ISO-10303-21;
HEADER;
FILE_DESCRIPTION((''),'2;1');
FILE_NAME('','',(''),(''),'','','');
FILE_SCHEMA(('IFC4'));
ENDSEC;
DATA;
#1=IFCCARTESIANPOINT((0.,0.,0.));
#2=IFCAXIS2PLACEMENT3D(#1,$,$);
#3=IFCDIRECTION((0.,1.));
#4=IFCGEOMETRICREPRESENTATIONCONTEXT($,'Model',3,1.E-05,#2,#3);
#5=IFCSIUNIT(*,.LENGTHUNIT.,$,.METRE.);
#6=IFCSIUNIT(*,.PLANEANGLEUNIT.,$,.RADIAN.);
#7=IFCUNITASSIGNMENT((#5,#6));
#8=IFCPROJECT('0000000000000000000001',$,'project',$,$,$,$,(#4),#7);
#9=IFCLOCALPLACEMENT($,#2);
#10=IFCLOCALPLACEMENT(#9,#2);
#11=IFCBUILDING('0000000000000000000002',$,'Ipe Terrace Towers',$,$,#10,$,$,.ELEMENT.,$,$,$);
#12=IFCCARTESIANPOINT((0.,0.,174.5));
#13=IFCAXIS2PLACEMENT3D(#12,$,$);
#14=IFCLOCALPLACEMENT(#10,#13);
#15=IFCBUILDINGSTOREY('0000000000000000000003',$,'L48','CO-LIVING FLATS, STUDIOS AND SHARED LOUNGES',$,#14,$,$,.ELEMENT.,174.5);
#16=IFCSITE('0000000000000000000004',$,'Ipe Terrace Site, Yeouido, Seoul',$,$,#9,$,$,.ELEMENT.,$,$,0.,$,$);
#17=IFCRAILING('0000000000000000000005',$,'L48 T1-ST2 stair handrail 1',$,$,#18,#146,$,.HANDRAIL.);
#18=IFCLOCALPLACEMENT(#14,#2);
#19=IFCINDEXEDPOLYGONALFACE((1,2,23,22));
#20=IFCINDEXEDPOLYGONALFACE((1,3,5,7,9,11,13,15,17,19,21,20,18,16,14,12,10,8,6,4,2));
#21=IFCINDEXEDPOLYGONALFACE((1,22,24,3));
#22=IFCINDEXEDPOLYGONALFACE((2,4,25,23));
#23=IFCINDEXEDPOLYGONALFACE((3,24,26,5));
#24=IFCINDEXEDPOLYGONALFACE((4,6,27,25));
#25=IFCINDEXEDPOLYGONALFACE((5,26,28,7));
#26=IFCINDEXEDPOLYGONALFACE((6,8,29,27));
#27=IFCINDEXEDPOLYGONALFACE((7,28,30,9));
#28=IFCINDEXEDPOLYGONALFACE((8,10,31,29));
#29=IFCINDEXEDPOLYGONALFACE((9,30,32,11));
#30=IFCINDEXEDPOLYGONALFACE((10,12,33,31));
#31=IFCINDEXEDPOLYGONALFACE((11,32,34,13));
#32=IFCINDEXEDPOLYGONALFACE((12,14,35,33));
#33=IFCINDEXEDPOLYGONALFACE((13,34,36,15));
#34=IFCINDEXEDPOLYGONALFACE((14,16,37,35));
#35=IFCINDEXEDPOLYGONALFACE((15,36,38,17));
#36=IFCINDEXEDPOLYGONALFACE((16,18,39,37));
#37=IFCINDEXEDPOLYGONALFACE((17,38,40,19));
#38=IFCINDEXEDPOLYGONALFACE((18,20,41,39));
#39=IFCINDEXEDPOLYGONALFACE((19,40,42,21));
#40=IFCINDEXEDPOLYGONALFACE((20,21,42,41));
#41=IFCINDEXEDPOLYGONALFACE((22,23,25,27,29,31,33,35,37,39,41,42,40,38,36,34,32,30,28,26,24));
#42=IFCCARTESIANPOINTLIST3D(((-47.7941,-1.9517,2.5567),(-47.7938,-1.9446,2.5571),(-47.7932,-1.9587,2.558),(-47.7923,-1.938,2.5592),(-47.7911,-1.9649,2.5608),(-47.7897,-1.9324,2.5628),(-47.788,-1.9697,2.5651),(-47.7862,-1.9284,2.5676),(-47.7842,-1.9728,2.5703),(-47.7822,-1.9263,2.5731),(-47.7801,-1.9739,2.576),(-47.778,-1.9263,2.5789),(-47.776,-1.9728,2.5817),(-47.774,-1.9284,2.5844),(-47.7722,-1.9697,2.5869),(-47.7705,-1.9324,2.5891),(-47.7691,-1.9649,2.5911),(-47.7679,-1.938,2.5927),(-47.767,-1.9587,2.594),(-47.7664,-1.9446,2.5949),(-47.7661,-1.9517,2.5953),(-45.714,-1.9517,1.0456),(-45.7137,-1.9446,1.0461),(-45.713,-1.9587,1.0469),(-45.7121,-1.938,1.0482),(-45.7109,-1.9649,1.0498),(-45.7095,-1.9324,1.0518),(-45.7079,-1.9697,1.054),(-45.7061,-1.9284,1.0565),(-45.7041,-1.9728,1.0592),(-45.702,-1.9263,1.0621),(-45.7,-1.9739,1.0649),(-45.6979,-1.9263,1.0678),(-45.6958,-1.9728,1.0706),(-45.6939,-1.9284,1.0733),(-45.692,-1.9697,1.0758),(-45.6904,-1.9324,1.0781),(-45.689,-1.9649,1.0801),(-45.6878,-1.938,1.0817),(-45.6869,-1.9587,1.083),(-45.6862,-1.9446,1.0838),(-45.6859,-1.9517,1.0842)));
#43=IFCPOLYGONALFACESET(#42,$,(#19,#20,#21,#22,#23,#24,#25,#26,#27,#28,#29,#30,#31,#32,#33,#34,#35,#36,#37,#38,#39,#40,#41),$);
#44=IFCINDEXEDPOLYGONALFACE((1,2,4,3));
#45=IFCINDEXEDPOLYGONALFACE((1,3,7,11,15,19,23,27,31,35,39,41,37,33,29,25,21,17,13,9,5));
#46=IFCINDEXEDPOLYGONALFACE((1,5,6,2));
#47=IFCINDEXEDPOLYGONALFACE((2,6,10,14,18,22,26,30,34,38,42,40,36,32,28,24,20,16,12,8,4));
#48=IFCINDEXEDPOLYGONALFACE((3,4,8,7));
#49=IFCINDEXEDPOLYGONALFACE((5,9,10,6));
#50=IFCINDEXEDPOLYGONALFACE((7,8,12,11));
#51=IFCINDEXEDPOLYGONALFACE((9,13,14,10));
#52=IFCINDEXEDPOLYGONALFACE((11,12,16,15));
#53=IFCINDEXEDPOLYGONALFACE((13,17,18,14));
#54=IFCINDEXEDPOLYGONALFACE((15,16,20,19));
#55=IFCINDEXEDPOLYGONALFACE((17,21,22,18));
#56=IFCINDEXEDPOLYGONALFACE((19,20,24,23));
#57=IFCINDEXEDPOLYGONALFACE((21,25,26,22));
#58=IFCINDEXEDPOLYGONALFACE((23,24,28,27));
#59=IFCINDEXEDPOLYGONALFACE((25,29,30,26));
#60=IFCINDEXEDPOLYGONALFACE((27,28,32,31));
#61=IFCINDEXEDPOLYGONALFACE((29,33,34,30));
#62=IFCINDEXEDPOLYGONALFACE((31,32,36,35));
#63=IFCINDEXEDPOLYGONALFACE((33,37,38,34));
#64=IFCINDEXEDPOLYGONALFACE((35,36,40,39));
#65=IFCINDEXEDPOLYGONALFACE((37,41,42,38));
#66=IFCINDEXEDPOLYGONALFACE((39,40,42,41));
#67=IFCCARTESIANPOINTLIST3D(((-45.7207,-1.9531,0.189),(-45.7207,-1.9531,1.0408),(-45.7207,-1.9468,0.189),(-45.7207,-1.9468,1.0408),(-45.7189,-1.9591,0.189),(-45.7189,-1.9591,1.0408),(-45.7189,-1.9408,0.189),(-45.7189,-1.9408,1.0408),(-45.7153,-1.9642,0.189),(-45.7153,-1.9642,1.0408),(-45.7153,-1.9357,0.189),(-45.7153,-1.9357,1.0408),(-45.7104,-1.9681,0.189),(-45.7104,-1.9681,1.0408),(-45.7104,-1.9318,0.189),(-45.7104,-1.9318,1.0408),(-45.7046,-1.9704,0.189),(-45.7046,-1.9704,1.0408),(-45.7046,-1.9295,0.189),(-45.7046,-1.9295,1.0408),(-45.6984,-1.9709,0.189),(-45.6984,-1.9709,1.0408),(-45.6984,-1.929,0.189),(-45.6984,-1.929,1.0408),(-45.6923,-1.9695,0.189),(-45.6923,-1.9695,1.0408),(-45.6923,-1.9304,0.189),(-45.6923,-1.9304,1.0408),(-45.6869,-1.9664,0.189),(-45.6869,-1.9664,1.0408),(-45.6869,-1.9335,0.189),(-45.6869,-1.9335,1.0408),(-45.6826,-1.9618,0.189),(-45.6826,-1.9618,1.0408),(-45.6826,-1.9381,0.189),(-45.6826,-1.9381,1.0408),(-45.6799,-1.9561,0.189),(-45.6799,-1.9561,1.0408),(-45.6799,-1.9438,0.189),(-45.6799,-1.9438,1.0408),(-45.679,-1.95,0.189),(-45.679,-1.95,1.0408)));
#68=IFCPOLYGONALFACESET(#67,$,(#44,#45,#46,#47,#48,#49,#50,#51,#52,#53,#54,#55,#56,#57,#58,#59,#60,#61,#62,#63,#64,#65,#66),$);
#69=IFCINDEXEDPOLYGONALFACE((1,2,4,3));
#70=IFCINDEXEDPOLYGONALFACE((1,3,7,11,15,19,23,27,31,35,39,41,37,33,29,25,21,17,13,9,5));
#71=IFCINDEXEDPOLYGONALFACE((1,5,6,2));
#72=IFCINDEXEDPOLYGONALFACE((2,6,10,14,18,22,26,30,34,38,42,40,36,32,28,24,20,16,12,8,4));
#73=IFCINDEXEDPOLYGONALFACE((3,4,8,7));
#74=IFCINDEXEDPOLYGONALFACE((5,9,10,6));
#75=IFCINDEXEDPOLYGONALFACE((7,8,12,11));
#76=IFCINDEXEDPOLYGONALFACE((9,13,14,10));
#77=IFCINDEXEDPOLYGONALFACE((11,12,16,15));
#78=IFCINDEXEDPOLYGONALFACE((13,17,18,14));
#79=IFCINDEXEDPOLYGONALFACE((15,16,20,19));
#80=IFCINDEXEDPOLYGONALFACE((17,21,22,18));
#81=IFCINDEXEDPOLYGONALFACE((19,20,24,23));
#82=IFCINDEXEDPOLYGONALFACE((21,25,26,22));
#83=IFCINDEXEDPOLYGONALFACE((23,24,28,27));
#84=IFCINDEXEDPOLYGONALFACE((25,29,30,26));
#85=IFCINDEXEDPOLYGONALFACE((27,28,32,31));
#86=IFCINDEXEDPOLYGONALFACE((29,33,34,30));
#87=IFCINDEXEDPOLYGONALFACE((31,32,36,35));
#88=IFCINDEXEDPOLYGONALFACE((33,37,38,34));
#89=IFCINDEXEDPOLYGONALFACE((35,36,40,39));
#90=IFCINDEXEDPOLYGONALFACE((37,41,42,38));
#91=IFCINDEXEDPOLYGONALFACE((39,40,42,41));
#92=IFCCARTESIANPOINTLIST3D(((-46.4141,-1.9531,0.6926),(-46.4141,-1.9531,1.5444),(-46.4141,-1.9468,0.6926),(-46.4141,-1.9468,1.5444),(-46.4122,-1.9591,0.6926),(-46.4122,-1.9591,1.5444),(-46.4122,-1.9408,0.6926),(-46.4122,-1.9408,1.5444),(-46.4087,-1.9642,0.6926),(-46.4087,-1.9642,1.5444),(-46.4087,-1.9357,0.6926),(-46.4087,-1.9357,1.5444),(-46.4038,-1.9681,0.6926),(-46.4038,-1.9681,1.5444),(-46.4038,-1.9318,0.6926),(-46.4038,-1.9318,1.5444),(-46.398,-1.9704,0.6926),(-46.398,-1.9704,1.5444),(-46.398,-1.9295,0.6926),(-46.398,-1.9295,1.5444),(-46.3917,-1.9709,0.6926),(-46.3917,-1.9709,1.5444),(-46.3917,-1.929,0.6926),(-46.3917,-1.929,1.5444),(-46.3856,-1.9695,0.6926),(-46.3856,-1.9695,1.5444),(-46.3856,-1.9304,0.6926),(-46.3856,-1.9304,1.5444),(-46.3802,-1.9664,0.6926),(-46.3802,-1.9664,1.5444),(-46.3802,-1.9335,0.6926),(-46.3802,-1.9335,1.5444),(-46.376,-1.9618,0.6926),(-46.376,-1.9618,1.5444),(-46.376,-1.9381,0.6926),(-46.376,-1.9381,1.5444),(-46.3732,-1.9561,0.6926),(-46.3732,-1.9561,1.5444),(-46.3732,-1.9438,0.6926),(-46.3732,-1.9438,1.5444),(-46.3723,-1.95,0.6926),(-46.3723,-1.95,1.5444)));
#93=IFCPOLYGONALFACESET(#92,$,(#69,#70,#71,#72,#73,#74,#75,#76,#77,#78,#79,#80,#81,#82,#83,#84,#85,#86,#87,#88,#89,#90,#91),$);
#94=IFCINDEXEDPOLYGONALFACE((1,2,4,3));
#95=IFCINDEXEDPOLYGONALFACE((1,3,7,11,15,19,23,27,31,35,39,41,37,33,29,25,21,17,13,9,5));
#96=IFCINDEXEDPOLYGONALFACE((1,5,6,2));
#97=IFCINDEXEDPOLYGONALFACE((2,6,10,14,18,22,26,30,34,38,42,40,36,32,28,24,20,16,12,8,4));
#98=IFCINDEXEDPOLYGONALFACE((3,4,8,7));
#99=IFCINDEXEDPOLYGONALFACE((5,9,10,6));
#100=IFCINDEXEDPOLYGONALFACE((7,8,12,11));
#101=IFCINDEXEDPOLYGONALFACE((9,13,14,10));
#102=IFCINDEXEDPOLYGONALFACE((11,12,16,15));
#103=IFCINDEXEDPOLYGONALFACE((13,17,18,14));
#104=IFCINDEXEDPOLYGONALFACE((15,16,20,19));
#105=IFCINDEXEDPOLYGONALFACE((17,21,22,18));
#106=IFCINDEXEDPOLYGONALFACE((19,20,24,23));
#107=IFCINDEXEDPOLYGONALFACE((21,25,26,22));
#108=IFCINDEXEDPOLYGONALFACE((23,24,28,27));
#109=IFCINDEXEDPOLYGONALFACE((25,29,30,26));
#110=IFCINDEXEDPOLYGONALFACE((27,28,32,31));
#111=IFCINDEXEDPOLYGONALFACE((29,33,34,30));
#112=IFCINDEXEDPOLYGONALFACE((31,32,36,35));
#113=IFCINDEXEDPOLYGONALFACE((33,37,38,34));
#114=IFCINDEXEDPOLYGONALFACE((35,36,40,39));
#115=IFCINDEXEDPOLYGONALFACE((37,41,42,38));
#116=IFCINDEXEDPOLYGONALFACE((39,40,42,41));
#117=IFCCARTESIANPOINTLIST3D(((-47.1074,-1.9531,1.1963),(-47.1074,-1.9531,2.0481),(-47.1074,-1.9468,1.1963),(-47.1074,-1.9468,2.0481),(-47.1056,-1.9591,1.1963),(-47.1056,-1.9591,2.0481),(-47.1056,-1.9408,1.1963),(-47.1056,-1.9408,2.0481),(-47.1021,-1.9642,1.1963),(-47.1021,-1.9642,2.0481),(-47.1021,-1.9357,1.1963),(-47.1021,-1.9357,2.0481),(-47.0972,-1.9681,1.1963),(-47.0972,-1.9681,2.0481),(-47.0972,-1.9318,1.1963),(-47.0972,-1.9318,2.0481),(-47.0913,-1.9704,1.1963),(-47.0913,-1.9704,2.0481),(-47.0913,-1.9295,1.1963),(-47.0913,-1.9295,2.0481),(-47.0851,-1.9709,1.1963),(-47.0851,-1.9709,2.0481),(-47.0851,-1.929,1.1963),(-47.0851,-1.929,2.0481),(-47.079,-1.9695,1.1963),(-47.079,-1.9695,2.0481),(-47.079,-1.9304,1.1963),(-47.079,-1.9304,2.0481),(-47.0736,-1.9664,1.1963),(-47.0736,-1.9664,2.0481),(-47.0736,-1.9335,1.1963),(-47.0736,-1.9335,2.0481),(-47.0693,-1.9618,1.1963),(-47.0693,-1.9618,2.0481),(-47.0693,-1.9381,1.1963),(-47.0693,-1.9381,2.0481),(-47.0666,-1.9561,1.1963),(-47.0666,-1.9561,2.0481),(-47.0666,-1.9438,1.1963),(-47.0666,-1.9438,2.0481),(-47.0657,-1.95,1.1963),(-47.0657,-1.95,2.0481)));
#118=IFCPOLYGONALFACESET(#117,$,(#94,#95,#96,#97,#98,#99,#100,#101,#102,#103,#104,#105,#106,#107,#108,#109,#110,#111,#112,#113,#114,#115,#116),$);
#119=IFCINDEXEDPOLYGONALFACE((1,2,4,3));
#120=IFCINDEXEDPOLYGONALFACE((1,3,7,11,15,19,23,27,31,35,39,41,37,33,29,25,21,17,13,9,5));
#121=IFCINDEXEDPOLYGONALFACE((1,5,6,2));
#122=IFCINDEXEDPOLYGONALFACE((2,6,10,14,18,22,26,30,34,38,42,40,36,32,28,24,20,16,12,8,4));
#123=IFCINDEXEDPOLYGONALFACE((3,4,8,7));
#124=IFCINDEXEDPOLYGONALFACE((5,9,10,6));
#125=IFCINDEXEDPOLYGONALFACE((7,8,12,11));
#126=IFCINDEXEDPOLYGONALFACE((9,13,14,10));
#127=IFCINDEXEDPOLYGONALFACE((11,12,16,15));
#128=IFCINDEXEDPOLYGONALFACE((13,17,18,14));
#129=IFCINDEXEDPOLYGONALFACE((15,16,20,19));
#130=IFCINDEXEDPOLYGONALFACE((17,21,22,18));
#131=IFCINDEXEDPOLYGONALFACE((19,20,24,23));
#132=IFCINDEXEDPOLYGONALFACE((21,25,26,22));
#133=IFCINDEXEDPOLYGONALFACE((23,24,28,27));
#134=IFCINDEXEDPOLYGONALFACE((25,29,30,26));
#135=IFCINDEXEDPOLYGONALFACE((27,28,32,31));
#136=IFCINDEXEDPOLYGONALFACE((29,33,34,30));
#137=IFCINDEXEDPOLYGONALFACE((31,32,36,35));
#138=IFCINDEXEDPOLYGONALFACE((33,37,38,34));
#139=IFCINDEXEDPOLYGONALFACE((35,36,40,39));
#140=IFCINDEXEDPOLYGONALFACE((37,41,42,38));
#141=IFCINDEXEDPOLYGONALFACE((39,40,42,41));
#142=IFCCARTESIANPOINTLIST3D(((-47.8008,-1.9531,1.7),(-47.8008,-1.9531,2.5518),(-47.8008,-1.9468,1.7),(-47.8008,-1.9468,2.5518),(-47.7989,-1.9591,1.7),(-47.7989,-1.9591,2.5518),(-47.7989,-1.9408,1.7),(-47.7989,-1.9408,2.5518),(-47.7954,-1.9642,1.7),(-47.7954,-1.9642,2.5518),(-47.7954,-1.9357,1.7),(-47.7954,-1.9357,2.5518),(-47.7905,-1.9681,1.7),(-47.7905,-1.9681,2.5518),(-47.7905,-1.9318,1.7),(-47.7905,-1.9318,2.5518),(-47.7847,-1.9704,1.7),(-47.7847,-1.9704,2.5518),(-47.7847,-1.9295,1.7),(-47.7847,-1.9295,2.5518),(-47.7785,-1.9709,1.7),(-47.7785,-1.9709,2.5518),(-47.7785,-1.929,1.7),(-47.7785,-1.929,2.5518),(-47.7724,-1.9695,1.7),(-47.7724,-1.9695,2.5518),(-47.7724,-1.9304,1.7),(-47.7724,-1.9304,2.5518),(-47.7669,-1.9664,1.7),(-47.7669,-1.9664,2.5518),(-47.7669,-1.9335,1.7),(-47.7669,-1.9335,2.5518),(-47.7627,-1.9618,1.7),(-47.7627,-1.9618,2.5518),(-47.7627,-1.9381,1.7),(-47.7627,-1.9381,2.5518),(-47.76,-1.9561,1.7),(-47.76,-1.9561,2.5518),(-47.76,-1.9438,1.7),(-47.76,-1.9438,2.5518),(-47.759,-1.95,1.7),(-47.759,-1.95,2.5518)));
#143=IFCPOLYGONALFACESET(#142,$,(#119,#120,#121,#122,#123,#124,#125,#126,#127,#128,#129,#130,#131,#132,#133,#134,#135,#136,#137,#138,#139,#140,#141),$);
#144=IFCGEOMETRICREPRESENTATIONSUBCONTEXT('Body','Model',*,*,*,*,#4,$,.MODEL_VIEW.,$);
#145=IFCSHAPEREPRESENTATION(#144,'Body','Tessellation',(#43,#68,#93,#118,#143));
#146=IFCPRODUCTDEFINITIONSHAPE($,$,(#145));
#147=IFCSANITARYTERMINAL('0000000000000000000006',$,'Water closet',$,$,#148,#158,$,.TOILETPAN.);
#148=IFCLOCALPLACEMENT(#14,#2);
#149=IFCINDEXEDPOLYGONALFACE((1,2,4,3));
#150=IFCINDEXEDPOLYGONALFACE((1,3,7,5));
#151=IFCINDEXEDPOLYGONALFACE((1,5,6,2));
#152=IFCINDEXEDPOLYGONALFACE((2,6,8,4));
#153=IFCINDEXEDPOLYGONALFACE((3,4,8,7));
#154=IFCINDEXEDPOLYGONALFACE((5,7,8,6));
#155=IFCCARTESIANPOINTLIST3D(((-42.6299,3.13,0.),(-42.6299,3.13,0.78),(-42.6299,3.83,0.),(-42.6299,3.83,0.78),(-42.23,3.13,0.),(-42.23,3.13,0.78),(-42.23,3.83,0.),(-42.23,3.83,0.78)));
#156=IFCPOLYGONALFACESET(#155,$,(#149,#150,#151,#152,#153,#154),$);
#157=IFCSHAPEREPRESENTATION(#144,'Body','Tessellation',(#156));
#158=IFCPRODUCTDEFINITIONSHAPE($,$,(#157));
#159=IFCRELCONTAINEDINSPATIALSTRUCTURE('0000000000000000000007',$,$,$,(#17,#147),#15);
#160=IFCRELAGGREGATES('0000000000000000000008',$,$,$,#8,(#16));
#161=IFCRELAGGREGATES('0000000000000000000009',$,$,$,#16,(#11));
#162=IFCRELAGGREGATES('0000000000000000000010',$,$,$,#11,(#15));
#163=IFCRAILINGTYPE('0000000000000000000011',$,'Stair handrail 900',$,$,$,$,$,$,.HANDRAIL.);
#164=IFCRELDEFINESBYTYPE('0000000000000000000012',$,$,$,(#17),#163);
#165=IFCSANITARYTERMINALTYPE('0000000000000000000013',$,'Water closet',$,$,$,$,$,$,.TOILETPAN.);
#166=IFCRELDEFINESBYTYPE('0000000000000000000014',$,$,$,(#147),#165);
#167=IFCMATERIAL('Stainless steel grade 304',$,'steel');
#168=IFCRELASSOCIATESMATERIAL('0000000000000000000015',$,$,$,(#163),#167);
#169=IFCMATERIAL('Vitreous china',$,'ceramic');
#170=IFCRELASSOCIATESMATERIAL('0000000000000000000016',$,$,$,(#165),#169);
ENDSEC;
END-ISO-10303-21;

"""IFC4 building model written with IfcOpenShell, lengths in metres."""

from ifc_helpers import new_model, si_unit, direction, frame, origin, origin_2d, place, context, subcontext, project, spatial, rectangle, circle, extrude, material, type_object, element, save


model = new_model("IFC4")

# Units and contexts
model_context = context("Model", 3, precision=1e-05, world=origin(), true_north=direction((0.0, 1.0)))
body_context = subcontext(model_context, "Body", "Model", "MODEL_VIEW")
ifc_project = project(units=[si_unit("LENGTHUNIT", "METRE"), si_unit("PLANEANGLEUNIT", "RADIAN")], contexts=[model_context])

# Site, building, storey
site_placement = place(None, origin())
site = spatial("IfcSite", under=ifc_project, at=site_placement, Name="Ipe Terrace Site, Yeouido, Seoul", CompositionType="ELEMENT", RefElevation=0.0)
building_placement = place(site_placement, origin())
building = spatial("IfcBuilding", under=site, at=building_placement, Name="Ipe Terrace Towers", CompositionType="ELEMENT")
storey_placement = place(building_placement, frame((0.0, 0.0, 174.5)))
storey = spatial("IfcBuildingStorey", under=building, at=storey_placement, Name="L48", Description="CO-LIVING FLATS, STUDIOS AND SHARED LOUNGES", CompositionType="ELEMENT", Elevation=174.5)

# Railing
ifc_material_1 = material(Name="Stainless steel grade 304", Category="steel")
railing_type = type_object("IfcRailingType", Name="Stair handrail 900", PredefinedType="HANDRAIL", material=ifc_material_1)
railing_placement = place(storey_placement, frame((-45.7, -1.95, 0.189)))
element("IfcRailing", 1, at=railing_placement, inside=storey, type_object=railing_type, Name="L48 T1-ST2 stair handrail 1", PredefinedType="HANDRAIL", context=body_context, shape_type="SweptSolid", body=[
    extrude(circle(Radius=0.0239, at=origin_2d()), frame((0.0, 0.0, 0.876), z_axis=(-0.809069, 0.0, 0.587714), x_axis=(0.0, -1.0, 0.0)), (0.0, 0.0, 1.0), 2.571),
    extrude(circle(Radius=0.021, at=origin_2d()), origin(), (0.0, 0.0, 1.0), 0.8518),
    extrude(circle(Radius=0.021, at=origin_2d()), frame((-0.6934, 0.0, 0.5037)), (0.0, 0.0, 1.0), 0.8518),
    extrude(circle(Radius=0.021, at=origin_2d()), frame((-1.3867, 0.0, 1.0073)), (0.0, 0.0, 1.0), 0.8518),
    extrude(circle(Radius=0.021, at=origin_2d()), frame((-2.0801, 0.0, 1.511)), (0.0, 0.0, 1.0), 0.8518),
])

# Sanitary terminal
ifc_material_2 = material(Name="Vitreous china", Category="ceramic")
sanitary_terminal_type = type_object("IfcSanitaryTerminalType", Name="Water closet", PredefinedType="TOILETPAN", material=ifc_material_2)
sanitary_terminal_placement = place(storey_placement, frame((-42.4299, 3.48, 0.0), z_axis=(0.0, 0.0, 1.0), x_axis=(0.0, -1.0, 0.0)))
element("IfcSanitaryTerminal", 2, at=sanitary_terminal_placement, inside=storey, type_object=sanitary_terminal_type, Name="Water closet", PredefinedType="TOILETPAN", context=body_context, shape_type="SweptSolid", body=[
    extrude(rectangle(XDim=0.7, YDim=0.3999, at=origin_2d()), origin(), (0.0, 0.0, 1.0), 0.78),
])

save(model, "model.ifc")
